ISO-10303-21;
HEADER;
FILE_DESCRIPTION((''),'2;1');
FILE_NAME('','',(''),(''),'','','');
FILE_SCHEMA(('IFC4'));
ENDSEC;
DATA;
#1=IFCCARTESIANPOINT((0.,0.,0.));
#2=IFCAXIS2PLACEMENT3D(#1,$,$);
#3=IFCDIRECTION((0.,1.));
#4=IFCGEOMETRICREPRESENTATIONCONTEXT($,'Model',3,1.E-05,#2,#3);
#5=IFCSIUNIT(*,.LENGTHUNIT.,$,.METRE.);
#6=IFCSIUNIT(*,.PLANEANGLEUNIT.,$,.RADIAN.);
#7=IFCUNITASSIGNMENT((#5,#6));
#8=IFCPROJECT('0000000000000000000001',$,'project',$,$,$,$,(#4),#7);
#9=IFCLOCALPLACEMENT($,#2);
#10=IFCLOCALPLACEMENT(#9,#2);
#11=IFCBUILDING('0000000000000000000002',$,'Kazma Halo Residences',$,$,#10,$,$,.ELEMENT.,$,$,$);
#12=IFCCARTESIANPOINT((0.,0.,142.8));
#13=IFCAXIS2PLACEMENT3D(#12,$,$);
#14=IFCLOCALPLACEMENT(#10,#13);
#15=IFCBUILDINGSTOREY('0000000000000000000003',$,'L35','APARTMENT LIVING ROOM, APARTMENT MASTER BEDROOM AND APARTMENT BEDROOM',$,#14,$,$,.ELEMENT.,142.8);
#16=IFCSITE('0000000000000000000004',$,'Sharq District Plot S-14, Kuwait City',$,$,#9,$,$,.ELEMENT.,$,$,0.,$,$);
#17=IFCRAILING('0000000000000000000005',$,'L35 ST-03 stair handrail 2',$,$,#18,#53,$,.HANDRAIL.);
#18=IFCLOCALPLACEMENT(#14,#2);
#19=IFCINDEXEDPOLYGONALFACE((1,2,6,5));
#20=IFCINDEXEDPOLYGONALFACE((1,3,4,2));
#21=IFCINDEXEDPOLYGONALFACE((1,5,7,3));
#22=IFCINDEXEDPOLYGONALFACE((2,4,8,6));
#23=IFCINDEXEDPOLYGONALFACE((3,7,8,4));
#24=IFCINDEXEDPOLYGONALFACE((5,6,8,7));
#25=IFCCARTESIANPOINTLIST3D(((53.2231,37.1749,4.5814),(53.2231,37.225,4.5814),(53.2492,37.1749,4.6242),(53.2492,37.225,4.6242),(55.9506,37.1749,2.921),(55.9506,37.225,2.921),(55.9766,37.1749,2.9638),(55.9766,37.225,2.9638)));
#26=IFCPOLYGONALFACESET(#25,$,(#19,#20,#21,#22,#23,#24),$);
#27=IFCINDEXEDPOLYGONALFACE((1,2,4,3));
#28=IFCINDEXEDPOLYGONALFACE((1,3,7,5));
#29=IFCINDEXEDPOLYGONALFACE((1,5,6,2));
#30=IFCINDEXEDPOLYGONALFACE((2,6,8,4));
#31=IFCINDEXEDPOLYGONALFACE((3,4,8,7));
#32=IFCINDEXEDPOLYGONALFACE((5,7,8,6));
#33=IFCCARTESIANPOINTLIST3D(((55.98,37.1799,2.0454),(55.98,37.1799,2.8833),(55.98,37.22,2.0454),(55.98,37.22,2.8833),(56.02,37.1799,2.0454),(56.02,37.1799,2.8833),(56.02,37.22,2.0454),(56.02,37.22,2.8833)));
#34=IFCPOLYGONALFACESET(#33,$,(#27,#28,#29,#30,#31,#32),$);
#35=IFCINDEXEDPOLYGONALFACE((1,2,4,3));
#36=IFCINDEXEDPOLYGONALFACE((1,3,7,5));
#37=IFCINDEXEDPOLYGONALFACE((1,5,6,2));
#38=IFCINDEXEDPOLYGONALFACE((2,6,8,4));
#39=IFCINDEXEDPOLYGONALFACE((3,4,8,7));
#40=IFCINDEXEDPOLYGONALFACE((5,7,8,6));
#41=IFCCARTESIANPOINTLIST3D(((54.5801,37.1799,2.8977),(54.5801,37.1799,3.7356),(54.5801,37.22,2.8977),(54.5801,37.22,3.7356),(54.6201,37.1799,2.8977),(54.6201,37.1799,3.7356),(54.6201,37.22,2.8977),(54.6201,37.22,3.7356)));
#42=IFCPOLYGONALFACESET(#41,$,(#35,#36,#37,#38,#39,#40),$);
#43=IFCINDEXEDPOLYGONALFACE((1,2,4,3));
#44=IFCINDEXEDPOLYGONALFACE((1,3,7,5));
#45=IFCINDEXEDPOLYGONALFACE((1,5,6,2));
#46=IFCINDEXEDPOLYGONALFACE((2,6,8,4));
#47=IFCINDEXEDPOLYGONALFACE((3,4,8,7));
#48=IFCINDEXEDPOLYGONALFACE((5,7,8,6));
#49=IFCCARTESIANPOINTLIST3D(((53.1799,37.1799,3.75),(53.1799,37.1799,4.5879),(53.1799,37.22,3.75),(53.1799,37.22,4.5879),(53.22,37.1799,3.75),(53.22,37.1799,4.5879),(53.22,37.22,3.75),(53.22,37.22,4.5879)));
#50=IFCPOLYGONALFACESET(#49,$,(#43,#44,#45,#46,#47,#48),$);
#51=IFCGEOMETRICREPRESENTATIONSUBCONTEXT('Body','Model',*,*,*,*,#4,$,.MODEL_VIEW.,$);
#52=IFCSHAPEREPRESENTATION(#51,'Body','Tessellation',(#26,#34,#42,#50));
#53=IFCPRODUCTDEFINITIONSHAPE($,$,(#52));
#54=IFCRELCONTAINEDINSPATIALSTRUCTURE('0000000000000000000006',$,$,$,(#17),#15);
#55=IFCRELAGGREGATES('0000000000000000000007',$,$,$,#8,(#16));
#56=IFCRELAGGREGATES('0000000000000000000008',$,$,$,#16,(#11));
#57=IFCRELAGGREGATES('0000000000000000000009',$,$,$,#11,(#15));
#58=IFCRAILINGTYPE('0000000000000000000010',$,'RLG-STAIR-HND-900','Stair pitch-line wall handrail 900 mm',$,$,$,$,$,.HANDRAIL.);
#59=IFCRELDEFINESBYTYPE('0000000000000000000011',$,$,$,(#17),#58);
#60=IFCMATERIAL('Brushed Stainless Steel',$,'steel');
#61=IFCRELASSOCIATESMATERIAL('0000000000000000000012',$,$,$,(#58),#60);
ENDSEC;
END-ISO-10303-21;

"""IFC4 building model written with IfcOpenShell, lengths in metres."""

from ifc_helpers import new_model, si_unit, direction, frame, origin, origin_2d, place, context, subcontext, project, spatial, rectangle, extrude, material, type_object, element, save


model = new_model("IFC4")

# Units and contexts
model_context = context("Model", 3, precision=1e-05, world=origin(), true_north=direction((0.0, 1.0)))
body_context = subcontext(model_context, "Body", "Model", "MODEL_VIEW")
ifc_project = project(units=[si_unit("LENGTHUNIT", "METRE"), si_unit("PLANEANGLEUNIT", "RADIAN")], contexts=[model_context])

# Site, building, storey
site_placement = place(None, origin())
site = spatial("IfcSite", under=ifc_project, at=site_placement, Name="Sharq District Plot S-14, Kuwait City", CompositionType="ELEMENT", RefElevation=0.0)
building_placement = place(site_placement, origin())
building = spatial("IfcBuilding", under=site, at=building_placement, Name="Kazma Halo Residences", CompositionType="ELEMENT")
storey_placement = place(building_placement, frame((0.0, 0.0, 142.8)))
storey = spatial("IfcBuildingStorey", under=building, at=storey_placement, Name="L35", Description="APARTMENT LIVING ROOM, APARTMENT MASTER BEDROOM AND APARTMENT BEDROOM", CompositionType="ELEMENT", Elevation=142.8)

# Railing
ifc_material_1 = material(Name="Brushed Stainless Steel", Category="steel")
railing_type_1 = type_object("IfcRailingType", Name="RLG-STAIR-HND-900", Description="Stair pitch-line wall handrail 900 mm", PredefinedType="HANDRAIL", material=ifc_material_1)
railing_1_placement = place(storey_placement, frame((56.0, 37.2, 2.0454)))
element("IfcRailing", 1, at=railing_1_placement, inside=storey, type_object=railing_type_1, Name="L35 ST-03 stair handrail 2", PredefinedType="HANDRAIL", context=body_context, shape_type="SweptSolid", body=[
    extrude(rectangle(XDim=0.05, YDim=0.05, at=origin_2d()), frame((-0.0364, 0.0, 0.897), z_axis=(-0.85417, 0.0, 0.519994), x_axis=(0.0, -1.0, 0.0)), (0.0, 0.0, 1.0), 3.1931),
    extrude(rectangle(XDim=0.04, YDim=0.04, at=origin_2d()), origin(), (0.0, 0.0, 1.0), 0.8379),
    extrude(rectangle(XDim=0.04, YDim=0.04, at=origin_2d()), frame((-1.3999, 0.0, 0.8523)), (0.0, 0.0, 1.0), 0.8379),
    extrude(rectangle(XDim=0.04, YDim=0.04, at=origin_2d()), frame((-2.8, 0.0, 1.7046)), (0.0, 0.0, 1.0), 0.8379),
])

save(model, "model.ifc")
